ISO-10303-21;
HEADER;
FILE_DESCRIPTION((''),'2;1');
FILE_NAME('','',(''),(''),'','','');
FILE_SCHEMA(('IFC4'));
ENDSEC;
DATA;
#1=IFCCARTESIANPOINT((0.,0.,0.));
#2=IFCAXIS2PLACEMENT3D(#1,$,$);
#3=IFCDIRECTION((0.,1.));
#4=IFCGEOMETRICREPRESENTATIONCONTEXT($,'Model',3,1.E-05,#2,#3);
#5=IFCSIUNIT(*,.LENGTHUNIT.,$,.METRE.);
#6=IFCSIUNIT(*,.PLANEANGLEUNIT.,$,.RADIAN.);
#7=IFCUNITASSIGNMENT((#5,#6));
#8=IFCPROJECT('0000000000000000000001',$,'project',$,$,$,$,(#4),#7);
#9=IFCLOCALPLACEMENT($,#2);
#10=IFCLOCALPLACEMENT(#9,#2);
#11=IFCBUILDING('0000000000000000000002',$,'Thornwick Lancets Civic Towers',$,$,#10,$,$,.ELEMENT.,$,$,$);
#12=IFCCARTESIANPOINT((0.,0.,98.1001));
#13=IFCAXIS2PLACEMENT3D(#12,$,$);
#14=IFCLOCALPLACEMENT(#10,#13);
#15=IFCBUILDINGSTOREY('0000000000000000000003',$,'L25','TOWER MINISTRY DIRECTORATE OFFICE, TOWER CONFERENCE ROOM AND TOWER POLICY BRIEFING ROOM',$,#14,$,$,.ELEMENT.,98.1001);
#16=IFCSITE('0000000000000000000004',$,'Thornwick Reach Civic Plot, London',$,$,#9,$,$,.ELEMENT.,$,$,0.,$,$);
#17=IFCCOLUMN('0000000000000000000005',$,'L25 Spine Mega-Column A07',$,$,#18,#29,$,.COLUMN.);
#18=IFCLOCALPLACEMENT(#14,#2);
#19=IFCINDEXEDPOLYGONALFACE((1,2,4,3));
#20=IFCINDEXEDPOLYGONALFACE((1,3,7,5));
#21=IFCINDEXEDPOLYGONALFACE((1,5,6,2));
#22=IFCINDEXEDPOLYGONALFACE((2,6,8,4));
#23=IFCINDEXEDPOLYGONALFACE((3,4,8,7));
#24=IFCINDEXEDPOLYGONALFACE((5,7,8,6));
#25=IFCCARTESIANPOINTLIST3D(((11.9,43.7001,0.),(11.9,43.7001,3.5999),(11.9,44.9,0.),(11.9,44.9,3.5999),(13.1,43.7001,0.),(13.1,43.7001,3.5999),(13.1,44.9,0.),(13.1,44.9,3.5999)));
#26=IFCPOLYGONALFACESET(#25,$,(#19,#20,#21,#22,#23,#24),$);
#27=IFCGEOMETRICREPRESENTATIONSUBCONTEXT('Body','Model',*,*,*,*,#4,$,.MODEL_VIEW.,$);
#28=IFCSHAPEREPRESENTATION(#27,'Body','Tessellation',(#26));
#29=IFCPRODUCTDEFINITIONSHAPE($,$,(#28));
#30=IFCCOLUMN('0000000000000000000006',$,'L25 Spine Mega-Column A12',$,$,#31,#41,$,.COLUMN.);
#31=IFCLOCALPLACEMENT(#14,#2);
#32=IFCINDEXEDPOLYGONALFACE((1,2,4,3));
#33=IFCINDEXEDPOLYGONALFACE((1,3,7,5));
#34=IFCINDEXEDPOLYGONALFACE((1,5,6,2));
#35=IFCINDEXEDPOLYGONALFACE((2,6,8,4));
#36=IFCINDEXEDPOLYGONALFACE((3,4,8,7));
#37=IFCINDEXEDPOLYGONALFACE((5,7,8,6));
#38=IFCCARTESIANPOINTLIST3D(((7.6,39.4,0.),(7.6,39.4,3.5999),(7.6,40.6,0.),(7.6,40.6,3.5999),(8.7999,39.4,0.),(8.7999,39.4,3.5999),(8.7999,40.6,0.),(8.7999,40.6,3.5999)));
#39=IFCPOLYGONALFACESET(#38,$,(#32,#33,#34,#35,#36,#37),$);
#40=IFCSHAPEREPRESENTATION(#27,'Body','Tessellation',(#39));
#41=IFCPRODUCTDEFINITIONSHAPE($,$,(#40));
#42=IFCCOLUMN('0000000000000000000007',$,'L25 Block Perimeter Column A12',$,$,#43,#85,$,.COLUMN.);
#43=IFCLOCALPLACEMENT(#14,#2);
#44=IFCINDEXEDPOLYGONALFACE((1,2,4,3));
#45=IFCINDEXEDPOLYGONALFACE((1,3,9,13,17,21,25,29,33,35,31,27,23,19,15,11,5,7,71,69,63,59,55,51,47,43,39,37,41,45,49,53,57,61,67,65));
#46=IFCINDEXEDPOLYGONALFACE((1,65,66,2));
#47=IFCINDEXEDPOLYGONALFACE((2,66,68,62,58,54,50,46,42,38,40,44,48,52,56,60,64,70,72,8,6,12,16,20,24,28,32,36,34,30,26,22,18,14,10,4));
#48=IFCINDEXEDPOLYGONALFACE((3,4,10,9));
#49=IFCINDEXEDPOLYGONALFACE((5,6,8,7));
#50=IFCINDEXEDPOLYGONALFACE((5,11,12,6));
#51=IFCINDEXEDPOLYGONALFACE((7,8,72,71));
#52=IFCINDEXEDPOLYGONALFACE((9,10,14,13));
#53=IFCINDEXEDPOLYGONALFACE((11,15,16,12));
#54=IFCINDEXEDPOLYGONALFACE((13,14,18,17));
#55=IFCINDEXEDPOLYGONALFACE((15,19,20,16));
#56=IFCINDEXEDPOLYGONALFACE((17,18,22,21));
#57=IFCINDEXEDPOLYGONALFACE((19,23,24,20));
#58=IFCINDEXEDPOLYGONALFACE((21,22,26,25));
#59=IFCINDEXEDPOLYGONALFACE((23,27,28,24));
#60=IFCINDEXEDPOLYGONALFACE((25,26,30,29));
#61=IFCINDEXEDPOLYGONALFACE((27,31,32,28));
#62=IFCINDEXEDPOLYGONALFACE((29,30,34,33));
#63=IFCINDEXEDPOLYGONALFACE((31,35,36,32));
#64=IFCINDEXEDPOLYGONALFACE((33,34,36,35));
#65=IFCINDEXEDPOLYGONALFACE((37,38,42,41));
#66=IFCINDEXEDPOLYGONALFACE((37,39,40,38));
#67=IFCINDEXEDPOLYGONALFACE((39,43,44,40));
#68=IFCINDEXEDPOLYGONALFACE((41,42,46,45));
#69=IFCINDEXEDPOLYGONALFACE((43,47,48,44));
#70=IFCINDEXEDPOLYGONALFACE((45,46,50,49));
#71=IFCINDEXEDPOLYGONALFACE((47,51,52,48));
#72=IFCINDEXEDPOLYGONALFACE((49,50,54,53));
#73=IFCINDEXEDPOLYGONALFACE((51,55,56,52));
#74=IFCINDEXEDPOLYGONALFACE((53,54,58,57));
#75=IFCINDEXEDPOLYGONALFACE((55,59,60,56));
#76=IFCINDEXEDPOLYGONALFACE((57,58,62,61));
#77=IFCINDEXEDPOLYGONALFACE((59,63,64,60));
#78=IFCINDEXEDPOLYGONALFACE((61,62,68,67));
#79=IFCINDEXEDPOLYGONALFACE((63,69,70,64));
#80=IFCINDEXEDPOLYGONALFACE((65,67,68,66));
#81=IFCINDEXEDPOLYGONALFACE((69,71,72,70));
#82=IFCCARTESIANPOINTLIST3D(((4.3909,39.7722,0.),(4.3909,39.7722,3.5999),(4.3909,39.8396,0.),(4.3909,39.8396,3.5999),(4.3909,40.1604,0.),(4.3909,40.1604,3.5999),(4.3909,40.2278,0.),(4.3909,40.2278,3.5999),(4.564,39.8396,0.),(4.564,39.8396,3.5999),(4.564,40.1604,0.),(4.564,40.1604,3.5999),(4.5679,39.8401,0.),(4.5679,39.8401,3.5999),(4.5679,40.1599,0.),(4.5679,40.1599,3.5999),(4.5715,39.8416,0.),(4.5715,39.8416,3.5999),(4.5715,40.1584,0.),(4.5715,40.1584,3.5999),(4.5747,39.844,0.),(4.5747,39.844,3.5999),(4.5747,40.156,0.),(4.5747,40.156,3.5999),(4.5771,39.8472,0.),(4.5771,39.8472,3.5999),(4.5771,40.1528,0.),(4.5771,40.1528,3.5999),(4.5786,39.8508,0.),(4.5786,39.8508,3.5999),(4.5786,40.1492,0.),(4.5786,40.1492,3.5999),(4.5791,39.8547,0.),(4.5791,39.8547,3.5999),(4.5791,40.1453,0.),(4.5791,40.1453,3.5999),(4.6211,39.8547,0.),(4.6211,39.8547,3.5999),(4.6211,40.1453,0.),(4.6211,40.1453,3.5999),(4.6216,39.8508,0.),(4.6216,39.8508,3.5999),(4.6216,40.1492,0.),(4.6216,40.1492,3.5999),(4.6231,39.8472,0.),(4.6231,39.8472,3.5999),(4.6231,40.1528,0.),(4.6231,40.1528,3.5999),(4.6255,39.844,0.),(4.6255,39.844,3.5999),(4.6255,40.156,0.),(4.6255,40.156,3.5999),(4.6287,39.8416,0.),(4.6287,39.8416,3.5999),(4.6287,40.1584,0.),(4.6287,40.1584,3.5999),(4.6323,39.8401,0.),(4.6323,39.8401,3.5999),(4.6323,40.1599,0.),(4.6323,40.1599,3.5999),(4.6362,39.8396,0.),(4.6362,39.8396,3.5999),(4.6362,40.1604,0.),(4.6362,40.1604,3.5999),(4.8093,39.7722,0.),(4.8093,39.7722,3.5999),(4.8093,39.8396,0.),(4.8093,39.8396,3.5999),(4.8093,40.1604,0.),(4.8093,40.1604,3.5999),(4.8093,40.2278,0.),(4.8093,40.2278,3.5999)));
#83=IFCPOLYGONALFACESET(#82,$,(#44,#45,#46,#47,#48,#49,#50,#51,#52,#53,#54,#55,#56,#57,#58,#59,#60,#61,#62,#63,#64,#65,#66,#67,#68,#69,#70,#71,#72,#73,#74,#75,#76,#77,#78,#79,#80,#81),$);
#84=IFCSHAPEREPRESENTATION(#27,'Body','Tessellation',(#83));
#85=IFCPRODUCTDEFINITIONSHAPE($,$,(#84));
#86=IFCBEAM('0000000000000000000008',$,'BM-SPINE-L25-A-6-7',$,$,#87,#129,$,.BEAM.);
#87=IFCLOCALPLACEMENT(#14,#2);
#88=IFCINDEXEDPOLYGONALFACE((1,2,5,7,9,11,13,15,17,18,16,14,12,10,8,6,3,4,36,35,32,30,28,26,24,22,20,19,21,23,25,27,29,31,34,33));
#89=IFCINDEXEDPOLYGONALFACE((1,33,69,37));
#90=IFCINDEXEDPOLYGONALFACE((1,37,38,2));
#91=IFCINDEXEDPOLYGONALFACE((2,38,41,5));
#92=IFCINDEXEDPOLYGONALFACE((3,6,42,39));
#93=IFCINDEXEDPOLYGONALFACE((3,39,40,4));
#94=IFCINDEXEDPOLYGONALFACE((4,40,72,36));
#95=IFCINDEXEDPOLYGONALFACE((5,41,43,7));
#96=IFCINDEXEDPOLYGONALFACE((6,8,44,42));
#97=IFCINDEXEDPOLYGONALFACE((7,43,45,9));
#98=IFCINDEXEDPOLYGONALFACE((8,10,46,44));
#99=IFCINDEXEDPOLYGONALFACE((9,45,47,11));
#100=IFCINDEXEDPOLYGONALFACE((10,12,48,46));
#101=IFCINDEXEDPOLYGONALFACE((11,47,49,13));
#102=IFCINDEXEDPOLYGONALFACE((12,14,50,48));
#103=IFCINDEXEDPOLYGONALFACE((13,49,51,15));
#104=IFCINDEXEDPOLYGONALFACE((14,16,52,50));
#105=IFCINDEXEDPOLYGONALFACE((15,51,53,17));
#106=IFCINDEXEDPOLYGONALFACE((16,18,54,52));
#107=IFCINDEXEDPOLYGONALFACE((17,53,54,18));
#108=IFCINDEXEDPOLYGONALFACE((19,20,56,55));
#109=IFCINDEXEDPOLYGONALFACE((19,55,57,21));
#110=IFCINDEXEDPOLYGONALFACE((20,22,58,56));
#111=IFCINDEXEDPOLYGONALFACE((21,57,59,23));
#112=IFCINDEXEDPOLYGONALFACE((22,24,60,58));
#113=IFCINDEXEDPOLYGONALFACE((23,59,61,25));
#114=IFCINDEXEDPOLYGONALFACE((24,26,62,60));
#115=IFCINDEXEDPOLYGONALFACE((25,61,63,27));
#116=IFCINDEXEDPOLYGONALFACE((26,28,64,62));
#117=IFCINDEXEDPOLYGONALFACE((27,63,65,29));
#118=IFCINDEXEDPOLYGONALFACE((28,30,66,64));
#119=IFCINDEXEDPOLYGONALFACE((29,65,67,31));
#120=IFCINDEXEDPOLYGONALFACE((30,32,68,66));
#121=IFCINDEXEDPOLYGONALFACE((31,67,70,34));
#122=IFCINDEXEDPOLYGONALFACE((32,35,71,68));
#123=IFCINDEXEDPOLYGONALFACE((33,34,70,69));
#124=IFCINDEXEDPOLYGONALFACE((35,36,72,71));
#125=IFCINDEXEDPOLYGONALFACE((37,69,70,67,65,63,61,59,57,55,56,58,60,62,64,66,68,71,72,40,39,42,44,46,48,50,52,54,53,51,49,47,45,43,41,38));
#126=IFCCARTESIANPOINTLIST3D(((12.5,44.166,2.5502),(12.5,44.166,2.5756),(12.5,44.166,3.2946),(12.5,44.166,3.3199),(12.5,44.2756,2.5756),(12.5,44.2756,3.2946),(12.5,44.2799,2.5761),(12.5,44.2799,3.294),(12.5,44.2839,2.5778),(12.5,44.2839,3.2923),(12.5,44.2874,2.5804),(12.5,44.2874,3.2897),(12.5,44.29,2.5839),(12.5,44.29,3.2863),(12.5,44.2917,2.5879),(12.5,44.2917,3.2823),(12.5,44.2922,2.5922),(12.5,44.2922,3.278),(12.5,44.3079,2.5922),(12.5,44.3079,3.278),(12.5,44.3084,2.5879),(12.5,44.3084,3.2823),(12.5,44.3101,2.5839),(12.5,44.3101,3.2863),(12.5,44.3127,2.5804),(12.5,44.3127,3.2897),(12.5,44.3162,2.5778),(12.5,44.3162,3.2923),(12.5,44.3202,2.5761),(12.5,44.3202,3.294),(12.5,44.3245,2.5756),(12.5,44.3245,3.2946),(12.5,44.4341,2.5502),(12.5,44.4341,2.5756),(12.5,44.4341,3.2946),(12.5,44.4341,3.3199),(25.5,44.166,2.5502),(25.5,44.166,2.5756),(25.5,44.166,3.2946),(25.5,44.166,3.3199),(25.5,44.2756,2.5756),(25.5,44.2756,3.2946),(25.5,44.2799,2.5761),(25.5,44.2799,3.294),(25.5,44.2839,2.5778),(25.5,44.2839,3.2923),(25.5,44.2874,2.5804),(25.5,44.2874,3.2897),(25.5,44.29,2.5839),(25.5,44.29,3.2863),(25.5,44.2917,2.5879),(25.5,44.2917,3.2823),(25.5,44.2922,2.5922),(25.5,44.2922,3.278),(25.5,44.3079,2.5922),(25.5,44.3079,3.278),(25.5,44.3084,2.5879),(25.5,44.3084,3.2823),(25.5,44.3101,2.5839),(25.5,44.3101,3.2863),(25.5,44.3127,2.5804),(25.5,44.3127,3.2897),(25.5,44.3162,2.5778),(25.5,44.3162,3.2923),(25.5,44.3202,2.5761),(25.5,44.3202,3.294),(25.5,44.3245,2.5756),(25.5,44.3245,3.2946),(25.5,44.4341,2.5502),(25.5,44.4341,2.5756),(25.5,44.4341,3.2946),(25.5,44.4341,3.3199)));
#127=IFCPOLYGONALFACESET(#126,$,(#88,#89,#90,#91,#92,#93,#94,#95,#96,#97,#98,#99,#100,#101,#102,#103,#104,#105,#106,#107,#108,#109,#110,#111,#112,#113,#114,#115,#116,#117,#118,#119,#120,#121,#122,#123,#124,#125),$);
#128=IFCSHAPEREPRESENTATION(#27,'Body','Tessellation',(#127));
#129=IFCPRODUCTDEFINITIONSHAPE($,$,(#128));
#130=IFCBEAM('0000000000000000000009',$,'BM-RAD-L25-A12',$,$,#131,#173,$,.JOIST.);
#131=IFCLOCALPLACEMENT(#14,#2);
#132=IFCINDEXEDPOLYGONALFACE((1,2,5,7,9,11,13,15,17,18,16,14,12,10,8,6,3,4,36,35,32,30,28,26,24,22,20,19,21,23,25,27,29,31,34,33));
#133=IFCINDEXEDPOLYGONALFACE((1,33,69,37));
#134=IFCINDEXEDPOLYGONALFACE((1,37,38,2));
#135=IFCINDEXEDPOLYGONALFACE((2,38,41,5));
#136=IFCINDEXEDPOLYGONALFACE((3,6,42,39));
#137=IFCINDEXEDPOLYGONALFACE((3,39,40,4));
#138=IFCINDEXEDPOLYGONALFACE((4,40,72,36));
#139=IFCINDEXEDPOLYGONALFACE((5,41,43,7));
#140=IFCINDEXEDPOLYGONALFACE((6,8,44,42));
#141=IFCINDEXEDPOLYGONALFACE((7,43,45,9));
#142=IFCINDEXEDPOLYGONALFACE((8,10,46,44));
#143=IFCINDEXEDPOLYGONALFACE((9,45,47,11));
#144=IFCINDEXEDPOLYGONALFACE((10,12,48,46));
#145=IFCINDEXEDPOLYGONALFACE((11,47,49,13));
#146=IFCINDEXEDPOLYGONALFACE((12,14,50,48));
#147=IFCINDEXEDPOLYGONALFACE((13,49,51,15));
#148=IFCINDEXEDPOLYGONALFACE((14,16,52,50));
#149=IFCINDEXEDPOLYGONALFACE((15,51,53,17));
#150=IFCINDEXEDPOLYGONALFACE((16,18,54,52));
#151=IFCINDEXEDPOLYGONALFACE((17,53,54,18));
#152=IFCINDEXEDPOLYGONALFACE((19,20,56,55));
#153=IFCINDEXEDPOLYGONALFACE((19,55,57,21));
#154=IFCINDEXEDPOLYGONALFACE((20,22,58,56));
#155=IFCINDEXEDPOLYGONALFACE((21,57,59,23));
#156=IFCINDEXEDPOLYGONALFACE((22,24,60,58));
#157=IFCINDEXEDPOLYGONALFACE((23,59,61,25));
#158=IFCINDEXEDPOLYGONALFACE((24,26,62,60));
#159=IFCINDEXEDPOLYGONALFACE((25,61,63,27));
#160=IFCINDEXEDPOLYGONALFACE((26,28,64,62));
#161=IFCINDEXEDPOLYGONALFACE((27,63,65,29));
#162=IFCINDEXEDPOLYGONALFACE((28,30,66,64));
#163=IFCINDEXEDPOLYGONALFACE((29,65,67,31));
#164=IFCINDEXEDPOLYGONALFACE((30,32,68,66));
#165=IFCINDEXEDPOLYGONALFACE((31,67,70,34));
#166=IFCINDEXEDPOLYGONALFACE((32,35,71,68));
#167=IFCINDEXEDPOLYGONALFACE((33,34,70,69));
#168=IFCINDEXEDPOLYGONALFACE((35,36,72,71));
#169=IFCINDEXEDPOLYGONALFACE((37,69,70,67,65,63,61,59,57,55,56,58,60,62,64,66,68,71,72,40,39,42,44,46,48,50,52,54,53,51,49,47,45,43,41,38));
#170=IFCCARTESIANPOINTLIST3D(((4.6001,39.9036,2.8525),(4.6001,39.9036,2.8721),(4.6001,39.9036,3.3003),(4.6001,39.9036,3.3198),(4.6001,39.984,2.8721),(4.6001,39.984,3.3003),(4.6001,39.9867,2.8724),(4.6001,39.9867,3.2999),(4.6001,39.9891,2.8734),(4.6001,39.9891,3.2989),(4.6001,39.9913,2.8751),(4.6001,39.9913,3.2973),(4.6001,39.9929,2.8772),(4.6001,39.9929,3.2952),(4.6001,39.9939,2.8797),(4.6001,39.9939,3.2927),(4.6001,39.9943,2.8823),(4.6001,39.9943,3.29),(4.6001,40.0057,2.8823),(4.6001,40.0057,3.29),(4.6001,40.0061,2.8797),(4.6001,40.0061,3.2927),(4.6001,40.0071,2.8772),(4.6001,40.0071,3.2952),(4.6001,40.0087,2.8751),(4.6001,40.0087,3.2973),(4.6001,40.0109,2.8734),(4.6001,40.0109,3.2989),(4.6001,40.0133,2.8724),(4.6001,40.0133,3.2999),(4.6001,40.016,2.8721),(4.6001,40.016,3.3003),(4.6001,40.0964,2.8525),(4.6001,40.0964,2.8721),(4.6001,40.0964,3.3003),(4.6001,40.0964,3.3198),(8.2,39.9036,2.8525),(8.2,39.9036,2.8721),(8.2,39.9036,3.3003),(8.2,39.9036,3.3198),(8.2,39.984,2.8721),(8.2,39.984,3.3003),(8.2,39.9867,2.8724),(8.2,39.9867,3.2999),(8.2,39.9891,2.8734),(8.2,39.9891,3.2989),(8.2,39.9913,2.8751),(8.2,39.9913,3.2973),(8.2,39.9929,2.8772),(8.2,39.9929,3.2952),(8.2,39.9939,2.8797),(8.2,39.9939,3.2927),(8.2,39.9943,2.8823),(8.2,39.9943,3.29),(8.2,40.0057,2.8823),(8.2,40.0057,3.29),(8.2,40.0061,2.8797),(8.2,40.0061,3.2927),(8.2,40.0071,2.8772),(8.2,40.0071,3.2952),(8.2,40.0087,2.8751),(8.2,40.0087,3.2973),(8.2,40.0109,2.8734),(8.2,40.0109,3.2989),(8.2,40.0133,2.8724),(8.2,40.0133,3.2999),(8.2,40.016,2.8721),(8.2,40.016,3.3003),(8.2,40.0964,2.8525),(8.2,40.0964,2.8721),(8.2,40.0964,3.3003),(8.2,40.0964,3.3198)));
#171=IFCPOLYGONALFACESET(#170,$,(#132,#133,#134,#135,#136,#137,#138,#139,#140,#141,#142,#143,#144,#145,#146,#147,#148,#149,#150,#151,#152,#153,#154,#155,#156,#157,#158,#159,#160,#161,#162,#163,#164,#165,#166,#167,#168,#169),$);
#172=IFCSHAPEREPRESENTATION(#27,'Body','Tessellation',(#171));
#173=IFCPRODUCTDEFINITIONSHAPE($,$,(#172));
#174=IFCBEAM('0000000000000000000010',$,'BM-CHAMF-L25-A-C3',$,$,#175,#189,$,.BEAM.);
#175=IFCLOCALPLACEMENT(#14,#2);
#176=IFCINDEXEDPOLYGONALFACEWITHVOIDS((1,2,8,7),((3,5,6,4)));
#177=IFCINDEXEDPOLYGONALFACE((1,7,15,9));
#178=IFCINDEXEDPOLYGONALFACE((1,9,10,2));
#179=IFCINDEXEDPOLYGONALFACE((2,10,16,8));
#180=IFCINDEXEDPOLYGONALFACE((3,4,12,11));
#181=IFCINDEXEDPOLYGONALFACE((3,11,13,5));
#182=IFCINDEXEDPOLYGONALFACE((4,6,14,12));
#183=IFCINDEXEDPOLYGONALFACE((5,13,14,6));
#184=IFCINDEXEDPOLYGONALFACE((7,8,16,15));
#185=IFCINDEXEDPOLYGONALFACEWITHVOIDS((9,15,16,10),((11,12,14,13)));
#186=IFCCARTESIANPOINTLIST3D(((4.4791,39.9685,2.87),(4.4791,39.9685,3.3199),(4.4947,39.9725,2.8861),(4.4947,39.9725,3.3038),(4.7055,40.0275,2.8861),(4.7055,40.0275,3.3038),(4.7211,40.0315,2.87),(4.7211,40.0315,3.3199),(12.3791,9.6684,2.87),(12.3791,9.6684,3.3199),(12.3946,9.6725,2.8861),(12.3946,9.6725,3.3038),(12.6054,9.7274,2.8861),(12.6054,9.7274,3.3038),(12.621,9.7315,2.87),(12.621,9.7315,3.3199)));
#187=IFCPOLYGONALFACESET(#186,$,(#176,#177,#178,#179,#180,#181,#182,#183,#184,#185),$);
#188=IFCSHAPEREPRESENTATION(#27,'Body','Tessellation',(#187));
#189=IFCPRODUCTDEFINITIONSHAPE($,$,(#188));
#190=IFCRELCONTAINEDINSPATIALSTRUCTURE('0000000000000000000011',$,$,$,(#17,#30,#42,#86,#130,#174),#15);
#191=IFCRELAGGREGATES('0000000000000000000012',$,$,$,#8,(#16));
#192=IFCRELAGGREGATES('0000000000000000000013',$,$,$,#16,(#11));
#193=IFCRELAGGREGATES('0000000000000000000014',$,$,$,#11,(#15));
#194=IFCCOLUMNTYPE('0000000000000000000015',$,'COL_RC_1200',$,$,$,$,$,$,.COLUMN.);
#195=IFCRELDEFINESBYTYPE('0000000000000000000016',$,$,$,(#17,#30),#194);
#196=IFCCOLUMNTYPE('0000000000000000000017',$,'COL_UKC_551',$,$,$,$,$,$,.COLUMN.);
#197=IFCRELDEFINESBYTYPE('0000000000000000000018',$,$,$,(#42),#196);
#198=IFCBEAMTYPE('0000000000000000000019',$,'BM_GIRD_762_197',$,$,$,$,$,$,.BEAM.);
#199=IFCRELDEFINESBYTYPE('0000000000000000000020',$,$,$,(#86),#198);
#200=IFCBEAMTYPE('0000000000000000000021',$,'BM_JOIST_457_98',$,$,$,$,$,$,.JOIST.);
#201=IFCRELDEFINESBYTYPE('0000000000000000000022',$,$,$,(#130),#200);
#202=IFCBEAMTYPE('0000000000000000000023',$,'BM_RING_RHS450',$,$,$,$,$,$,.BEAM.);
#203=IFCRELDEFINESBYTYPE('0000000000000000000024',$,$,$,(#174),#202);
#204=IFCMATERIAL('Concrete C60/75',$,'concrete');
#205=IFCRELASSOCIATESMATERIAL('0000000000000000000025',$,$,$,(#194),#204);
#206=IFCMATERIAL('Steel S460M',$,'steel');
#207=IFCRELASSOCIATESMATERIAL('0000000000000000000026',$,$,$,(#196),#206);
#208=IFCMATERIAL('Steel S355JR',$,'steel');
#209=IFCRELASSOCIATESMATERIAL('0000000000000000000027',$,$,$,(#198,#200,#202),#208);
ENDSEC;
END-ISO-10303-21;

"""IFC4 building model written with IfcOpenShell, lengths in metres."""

from ifc_helpers import new_model, si_unit, direction, frame, origin, origin_2d, place, context, subcontext, project, spatial, rectangle, hollow_rectangle, i_section, extrude, material, material_profile, profile_set, type_object, element, save


model = new_model("IFC4")

# Units and contexts
model_context = context("Model", 3, precision=1e-05, world=origin(), true_north=direction((0.0, 1.0)))
body_context = subcontext(model_context, "Body", "Model", "MODEL_VIEW")
ifc_project = project(units=[si_unit("LENGTHUNIT", "METRE"), si_unit("PLANEANGLEUNIT", "RADIAN")], contexts=[model_context])

# Site, building, storey
site_placement = place(None, origin())
site = spatial("IfcSite", under=ifc_project, at=site_placement, Name="Thornwick Reach Civic Plot, London", CompositionType="ELEMENT", RefElevation=0.0)
building_placement = place(site_placement, origin())
building = spatial("IfcBuilding", under=site, at=building_placement, Name="Thornwick Lancets Civic Towers", CompositionType="ELEMENT")
storey_placement = place(building_placement, frame((0.0, 0.0, 98.1001)))
storey = spatial("IfcBuildingStorey", under=building, at=storey_placement, Name="L25", Description="TOWER MINISTRY DIRECTORATE OFFICE, TOWER CONFERENCE ROOM AND TOWER POLICY BRIEFING ROOM", CompositionType="ELEMENT", Elevation=98.1001)

# Columns
ifc_material_1 = material(Name="Concrete C60/75", Category="concrete")
ifc_material_profile_1 = material_profile(ifc_material_1, rectangle(XDim=1.2, YDim=1.2, at=origin_2d()), Name="RC 1200x1200")
ifc_profile_set_1 = profile_set([ifc_material_profile_1], Name="Concrete C60/75")
column_type_1 = type_object("IfcColumnType", Name="COL_RC_1200", PredefinedType="COLUMN", material=ifc_profile_set_1)
for number, where, z_axis, x_axis, name in (
    (1, (12.5, 44.3, 0.0), (0.0, 0.0, 1.0), (1.0, 0.0, 0.0), "L25 Spine Mega-Column A07"),
    (2, (8.2, 40.0, 0.0), (0.0, 0.0, 1.0), (1.0, 0.0, 0.0), "L25 Spine Mega-Column A12"),
):
    element("IfcColumn", number, at=place(storey_placement, frame(where, z_axis=z_axis, x_axis=x_axis)), inside=storey, type_object=column_type_1, Name=name, PredefinedType="COLUMN", context=body_context, shape_type="SweptSolid", body=[
        extrude(rectangle(XDim=1.2, YDim=1.2, at=origin_2d()), origin(), (0.0, 0.0, 1.0), 3.5999),
    ])
ifc_material_2 = material(Name="Steel S460M", Category="steel")
ifc_material_profile_2 = material_profile(ifc_material_2, i_section(OverallWidth=0.4185, OverallDepth=0.4556, WebThickness=0.042, FlangeThickness=0.0674, FilletRadius=0.0151, at=origin_2d()), Name="UKC 356x406x551")
ifc_profile_set_2 = profile_set([ifc_material_profile_2], Name="Steel S460M")
column_type_2 = type_object("IfcColumnType", Name="COL_UKC_551", PredefinedType="COLUMN", material=ifc_profile_set_2)
column_placement = place(storey_placement, frame((4.6001, 40.0, 0.0), z_axis=(0.0, 0.0, 1.0), x_axis=(1.0, 0.0, 0.0)))
element("IfcColumn", 3, at=column_placement, inside=storey, type_object=column_type_2, Name="L25 Block Perimeter Column A12", PredefinedType="COLUMN", context=body_context, shape_type="SweptSolid", body=[
    extrude(i_section(OverallWidth=0.4185, OverallDepth=0.4556, WebThickness=0.042, FlangeThickness=0.0674, FilletRadius=0.0151, at=origin_2d()), origin(), (0.0, 0.0, 1.0), 3.5999),
])

# Beams
ifc_material_3 = material(Name="Steel S355JR", Category="steel")
ifc_material_profile_3 = material_profile(ifc_material_3, i_section(OverallWidth=0.2681, OverallDepth=0.7698, WebThickness=0.0156, FlangeThickness=0.0254, FilletRadius=0.0166, at=origin_2d()), Name="UKB 762x267x197")
ifc_profile_set_3 = profile_set([ifc_material_profile_3], Name="Steel S355JR")
beam_type_1 = type_object("IfcBeamType", Name="BM_GIRD_762_197", PredefinedType="BEAM", material=ifc_profile_set_3)
beam_1_placement = place(storey_placement, frame((12.5, 44.3, 2.9351), z_axis=(1.0, 0.0, 0.0), x_axis=(0.0, 1.0, 0.0)))
element("IfcBeam", 4, at=beam_1_placement, inside=storey, type_object=beam_type_1, Name="BM-SPINE-L25-A-6-7", PredefinedType="BEAM", context=body_context, shape_type="SweptSolid", body=[
    extrude(i_section(OverallWidth=0.2681, OverallDepth=0.7698, WebThickness=0.0156, FlangeThickness=0.0254, FilletRadius=0.0166, at=origin_2d()), origin(), (0.0, 0.0, 1.0), 13.0),
])
ifc_material_profile_4 = material_profile(ifc_material_3, i_section(OverallWidth=0.1929, OverallDepth=0.4673, WebThickness=0.0115, FlangeThickness=0.0195, FilletRadius=0.0103, at=origin_2d()), Name="UKB 457x191x98")
ifc_profile_set_4 = profile_set([ifc_material_profile_4], Name="Steel S355JR")
beam_type_2 = type_object("IfcBeamType", Name="BM_JOIST_457_98", PredefinedType="JOIST", material=ifc_profile_set_4)
beam_2_placement = place(storey_placement, frame((8.2, 40.0, 3.0862), z_axis=(-1.0, 0.0, 0.0), x_axis=(0.0, -1.0, 0.0)))
element("IfcBeam", 5, at=beam_2_placement, inside=storey, type_object=beam_type_2, Name="BM-RAD-L25-A12", PredefinedType="JOIST", context=body_context, shape_type="SweptSolid", body=[
    extrude(i_section(OverallWidth=0.1929, OverallDepth=0.4673, WebThickness=0.0115, FlangeThickness=0.0195, FilletRadius=0.0103, at=origin_2d()), origin(), (0.0, 0.0, 1.0), 3.5999),
])
ifc_material_profile_5 = material_profile(ifc_material_3, hollow_rectangle(XDim=0.25, YDim=0.45, WallThickness=0.0161, at=origin_2d()), Name="RHS 450x250x16")
ifc_profile_set_5 = profile_set([ifc_material_profile_5], Name="Steel S355JR")
beam_type_3 = type_object("IfcBeamType", Name="BM_RING_RHS450", PredefinedType="BEAM", material=ifc_profile_set_5)
beam_3_placement = place(storey_placement, frame((4.6001, 40.0, 3.095), z_axis=(0.252289, -0.967652, 0.0), x_axis=(0.967652, 0.252289, 0.0)))
element("IfcBeam", 6, at=beam_3_placement, inside=storey, type_object=beam_type_3, Name="BM-CHAMF-L25-A-C3", PredefinedType="BEAM", context=body_context, shape_type="SweptSolid", body=[
    extrude(hollow_rectangle(XDim=0.25, YDim=0.45, WallThickness=0.0161, at=origin_2d()), origin(), (0.0, 0.0, 1.0), 31.313),
])

save(model, "model.ifc")
